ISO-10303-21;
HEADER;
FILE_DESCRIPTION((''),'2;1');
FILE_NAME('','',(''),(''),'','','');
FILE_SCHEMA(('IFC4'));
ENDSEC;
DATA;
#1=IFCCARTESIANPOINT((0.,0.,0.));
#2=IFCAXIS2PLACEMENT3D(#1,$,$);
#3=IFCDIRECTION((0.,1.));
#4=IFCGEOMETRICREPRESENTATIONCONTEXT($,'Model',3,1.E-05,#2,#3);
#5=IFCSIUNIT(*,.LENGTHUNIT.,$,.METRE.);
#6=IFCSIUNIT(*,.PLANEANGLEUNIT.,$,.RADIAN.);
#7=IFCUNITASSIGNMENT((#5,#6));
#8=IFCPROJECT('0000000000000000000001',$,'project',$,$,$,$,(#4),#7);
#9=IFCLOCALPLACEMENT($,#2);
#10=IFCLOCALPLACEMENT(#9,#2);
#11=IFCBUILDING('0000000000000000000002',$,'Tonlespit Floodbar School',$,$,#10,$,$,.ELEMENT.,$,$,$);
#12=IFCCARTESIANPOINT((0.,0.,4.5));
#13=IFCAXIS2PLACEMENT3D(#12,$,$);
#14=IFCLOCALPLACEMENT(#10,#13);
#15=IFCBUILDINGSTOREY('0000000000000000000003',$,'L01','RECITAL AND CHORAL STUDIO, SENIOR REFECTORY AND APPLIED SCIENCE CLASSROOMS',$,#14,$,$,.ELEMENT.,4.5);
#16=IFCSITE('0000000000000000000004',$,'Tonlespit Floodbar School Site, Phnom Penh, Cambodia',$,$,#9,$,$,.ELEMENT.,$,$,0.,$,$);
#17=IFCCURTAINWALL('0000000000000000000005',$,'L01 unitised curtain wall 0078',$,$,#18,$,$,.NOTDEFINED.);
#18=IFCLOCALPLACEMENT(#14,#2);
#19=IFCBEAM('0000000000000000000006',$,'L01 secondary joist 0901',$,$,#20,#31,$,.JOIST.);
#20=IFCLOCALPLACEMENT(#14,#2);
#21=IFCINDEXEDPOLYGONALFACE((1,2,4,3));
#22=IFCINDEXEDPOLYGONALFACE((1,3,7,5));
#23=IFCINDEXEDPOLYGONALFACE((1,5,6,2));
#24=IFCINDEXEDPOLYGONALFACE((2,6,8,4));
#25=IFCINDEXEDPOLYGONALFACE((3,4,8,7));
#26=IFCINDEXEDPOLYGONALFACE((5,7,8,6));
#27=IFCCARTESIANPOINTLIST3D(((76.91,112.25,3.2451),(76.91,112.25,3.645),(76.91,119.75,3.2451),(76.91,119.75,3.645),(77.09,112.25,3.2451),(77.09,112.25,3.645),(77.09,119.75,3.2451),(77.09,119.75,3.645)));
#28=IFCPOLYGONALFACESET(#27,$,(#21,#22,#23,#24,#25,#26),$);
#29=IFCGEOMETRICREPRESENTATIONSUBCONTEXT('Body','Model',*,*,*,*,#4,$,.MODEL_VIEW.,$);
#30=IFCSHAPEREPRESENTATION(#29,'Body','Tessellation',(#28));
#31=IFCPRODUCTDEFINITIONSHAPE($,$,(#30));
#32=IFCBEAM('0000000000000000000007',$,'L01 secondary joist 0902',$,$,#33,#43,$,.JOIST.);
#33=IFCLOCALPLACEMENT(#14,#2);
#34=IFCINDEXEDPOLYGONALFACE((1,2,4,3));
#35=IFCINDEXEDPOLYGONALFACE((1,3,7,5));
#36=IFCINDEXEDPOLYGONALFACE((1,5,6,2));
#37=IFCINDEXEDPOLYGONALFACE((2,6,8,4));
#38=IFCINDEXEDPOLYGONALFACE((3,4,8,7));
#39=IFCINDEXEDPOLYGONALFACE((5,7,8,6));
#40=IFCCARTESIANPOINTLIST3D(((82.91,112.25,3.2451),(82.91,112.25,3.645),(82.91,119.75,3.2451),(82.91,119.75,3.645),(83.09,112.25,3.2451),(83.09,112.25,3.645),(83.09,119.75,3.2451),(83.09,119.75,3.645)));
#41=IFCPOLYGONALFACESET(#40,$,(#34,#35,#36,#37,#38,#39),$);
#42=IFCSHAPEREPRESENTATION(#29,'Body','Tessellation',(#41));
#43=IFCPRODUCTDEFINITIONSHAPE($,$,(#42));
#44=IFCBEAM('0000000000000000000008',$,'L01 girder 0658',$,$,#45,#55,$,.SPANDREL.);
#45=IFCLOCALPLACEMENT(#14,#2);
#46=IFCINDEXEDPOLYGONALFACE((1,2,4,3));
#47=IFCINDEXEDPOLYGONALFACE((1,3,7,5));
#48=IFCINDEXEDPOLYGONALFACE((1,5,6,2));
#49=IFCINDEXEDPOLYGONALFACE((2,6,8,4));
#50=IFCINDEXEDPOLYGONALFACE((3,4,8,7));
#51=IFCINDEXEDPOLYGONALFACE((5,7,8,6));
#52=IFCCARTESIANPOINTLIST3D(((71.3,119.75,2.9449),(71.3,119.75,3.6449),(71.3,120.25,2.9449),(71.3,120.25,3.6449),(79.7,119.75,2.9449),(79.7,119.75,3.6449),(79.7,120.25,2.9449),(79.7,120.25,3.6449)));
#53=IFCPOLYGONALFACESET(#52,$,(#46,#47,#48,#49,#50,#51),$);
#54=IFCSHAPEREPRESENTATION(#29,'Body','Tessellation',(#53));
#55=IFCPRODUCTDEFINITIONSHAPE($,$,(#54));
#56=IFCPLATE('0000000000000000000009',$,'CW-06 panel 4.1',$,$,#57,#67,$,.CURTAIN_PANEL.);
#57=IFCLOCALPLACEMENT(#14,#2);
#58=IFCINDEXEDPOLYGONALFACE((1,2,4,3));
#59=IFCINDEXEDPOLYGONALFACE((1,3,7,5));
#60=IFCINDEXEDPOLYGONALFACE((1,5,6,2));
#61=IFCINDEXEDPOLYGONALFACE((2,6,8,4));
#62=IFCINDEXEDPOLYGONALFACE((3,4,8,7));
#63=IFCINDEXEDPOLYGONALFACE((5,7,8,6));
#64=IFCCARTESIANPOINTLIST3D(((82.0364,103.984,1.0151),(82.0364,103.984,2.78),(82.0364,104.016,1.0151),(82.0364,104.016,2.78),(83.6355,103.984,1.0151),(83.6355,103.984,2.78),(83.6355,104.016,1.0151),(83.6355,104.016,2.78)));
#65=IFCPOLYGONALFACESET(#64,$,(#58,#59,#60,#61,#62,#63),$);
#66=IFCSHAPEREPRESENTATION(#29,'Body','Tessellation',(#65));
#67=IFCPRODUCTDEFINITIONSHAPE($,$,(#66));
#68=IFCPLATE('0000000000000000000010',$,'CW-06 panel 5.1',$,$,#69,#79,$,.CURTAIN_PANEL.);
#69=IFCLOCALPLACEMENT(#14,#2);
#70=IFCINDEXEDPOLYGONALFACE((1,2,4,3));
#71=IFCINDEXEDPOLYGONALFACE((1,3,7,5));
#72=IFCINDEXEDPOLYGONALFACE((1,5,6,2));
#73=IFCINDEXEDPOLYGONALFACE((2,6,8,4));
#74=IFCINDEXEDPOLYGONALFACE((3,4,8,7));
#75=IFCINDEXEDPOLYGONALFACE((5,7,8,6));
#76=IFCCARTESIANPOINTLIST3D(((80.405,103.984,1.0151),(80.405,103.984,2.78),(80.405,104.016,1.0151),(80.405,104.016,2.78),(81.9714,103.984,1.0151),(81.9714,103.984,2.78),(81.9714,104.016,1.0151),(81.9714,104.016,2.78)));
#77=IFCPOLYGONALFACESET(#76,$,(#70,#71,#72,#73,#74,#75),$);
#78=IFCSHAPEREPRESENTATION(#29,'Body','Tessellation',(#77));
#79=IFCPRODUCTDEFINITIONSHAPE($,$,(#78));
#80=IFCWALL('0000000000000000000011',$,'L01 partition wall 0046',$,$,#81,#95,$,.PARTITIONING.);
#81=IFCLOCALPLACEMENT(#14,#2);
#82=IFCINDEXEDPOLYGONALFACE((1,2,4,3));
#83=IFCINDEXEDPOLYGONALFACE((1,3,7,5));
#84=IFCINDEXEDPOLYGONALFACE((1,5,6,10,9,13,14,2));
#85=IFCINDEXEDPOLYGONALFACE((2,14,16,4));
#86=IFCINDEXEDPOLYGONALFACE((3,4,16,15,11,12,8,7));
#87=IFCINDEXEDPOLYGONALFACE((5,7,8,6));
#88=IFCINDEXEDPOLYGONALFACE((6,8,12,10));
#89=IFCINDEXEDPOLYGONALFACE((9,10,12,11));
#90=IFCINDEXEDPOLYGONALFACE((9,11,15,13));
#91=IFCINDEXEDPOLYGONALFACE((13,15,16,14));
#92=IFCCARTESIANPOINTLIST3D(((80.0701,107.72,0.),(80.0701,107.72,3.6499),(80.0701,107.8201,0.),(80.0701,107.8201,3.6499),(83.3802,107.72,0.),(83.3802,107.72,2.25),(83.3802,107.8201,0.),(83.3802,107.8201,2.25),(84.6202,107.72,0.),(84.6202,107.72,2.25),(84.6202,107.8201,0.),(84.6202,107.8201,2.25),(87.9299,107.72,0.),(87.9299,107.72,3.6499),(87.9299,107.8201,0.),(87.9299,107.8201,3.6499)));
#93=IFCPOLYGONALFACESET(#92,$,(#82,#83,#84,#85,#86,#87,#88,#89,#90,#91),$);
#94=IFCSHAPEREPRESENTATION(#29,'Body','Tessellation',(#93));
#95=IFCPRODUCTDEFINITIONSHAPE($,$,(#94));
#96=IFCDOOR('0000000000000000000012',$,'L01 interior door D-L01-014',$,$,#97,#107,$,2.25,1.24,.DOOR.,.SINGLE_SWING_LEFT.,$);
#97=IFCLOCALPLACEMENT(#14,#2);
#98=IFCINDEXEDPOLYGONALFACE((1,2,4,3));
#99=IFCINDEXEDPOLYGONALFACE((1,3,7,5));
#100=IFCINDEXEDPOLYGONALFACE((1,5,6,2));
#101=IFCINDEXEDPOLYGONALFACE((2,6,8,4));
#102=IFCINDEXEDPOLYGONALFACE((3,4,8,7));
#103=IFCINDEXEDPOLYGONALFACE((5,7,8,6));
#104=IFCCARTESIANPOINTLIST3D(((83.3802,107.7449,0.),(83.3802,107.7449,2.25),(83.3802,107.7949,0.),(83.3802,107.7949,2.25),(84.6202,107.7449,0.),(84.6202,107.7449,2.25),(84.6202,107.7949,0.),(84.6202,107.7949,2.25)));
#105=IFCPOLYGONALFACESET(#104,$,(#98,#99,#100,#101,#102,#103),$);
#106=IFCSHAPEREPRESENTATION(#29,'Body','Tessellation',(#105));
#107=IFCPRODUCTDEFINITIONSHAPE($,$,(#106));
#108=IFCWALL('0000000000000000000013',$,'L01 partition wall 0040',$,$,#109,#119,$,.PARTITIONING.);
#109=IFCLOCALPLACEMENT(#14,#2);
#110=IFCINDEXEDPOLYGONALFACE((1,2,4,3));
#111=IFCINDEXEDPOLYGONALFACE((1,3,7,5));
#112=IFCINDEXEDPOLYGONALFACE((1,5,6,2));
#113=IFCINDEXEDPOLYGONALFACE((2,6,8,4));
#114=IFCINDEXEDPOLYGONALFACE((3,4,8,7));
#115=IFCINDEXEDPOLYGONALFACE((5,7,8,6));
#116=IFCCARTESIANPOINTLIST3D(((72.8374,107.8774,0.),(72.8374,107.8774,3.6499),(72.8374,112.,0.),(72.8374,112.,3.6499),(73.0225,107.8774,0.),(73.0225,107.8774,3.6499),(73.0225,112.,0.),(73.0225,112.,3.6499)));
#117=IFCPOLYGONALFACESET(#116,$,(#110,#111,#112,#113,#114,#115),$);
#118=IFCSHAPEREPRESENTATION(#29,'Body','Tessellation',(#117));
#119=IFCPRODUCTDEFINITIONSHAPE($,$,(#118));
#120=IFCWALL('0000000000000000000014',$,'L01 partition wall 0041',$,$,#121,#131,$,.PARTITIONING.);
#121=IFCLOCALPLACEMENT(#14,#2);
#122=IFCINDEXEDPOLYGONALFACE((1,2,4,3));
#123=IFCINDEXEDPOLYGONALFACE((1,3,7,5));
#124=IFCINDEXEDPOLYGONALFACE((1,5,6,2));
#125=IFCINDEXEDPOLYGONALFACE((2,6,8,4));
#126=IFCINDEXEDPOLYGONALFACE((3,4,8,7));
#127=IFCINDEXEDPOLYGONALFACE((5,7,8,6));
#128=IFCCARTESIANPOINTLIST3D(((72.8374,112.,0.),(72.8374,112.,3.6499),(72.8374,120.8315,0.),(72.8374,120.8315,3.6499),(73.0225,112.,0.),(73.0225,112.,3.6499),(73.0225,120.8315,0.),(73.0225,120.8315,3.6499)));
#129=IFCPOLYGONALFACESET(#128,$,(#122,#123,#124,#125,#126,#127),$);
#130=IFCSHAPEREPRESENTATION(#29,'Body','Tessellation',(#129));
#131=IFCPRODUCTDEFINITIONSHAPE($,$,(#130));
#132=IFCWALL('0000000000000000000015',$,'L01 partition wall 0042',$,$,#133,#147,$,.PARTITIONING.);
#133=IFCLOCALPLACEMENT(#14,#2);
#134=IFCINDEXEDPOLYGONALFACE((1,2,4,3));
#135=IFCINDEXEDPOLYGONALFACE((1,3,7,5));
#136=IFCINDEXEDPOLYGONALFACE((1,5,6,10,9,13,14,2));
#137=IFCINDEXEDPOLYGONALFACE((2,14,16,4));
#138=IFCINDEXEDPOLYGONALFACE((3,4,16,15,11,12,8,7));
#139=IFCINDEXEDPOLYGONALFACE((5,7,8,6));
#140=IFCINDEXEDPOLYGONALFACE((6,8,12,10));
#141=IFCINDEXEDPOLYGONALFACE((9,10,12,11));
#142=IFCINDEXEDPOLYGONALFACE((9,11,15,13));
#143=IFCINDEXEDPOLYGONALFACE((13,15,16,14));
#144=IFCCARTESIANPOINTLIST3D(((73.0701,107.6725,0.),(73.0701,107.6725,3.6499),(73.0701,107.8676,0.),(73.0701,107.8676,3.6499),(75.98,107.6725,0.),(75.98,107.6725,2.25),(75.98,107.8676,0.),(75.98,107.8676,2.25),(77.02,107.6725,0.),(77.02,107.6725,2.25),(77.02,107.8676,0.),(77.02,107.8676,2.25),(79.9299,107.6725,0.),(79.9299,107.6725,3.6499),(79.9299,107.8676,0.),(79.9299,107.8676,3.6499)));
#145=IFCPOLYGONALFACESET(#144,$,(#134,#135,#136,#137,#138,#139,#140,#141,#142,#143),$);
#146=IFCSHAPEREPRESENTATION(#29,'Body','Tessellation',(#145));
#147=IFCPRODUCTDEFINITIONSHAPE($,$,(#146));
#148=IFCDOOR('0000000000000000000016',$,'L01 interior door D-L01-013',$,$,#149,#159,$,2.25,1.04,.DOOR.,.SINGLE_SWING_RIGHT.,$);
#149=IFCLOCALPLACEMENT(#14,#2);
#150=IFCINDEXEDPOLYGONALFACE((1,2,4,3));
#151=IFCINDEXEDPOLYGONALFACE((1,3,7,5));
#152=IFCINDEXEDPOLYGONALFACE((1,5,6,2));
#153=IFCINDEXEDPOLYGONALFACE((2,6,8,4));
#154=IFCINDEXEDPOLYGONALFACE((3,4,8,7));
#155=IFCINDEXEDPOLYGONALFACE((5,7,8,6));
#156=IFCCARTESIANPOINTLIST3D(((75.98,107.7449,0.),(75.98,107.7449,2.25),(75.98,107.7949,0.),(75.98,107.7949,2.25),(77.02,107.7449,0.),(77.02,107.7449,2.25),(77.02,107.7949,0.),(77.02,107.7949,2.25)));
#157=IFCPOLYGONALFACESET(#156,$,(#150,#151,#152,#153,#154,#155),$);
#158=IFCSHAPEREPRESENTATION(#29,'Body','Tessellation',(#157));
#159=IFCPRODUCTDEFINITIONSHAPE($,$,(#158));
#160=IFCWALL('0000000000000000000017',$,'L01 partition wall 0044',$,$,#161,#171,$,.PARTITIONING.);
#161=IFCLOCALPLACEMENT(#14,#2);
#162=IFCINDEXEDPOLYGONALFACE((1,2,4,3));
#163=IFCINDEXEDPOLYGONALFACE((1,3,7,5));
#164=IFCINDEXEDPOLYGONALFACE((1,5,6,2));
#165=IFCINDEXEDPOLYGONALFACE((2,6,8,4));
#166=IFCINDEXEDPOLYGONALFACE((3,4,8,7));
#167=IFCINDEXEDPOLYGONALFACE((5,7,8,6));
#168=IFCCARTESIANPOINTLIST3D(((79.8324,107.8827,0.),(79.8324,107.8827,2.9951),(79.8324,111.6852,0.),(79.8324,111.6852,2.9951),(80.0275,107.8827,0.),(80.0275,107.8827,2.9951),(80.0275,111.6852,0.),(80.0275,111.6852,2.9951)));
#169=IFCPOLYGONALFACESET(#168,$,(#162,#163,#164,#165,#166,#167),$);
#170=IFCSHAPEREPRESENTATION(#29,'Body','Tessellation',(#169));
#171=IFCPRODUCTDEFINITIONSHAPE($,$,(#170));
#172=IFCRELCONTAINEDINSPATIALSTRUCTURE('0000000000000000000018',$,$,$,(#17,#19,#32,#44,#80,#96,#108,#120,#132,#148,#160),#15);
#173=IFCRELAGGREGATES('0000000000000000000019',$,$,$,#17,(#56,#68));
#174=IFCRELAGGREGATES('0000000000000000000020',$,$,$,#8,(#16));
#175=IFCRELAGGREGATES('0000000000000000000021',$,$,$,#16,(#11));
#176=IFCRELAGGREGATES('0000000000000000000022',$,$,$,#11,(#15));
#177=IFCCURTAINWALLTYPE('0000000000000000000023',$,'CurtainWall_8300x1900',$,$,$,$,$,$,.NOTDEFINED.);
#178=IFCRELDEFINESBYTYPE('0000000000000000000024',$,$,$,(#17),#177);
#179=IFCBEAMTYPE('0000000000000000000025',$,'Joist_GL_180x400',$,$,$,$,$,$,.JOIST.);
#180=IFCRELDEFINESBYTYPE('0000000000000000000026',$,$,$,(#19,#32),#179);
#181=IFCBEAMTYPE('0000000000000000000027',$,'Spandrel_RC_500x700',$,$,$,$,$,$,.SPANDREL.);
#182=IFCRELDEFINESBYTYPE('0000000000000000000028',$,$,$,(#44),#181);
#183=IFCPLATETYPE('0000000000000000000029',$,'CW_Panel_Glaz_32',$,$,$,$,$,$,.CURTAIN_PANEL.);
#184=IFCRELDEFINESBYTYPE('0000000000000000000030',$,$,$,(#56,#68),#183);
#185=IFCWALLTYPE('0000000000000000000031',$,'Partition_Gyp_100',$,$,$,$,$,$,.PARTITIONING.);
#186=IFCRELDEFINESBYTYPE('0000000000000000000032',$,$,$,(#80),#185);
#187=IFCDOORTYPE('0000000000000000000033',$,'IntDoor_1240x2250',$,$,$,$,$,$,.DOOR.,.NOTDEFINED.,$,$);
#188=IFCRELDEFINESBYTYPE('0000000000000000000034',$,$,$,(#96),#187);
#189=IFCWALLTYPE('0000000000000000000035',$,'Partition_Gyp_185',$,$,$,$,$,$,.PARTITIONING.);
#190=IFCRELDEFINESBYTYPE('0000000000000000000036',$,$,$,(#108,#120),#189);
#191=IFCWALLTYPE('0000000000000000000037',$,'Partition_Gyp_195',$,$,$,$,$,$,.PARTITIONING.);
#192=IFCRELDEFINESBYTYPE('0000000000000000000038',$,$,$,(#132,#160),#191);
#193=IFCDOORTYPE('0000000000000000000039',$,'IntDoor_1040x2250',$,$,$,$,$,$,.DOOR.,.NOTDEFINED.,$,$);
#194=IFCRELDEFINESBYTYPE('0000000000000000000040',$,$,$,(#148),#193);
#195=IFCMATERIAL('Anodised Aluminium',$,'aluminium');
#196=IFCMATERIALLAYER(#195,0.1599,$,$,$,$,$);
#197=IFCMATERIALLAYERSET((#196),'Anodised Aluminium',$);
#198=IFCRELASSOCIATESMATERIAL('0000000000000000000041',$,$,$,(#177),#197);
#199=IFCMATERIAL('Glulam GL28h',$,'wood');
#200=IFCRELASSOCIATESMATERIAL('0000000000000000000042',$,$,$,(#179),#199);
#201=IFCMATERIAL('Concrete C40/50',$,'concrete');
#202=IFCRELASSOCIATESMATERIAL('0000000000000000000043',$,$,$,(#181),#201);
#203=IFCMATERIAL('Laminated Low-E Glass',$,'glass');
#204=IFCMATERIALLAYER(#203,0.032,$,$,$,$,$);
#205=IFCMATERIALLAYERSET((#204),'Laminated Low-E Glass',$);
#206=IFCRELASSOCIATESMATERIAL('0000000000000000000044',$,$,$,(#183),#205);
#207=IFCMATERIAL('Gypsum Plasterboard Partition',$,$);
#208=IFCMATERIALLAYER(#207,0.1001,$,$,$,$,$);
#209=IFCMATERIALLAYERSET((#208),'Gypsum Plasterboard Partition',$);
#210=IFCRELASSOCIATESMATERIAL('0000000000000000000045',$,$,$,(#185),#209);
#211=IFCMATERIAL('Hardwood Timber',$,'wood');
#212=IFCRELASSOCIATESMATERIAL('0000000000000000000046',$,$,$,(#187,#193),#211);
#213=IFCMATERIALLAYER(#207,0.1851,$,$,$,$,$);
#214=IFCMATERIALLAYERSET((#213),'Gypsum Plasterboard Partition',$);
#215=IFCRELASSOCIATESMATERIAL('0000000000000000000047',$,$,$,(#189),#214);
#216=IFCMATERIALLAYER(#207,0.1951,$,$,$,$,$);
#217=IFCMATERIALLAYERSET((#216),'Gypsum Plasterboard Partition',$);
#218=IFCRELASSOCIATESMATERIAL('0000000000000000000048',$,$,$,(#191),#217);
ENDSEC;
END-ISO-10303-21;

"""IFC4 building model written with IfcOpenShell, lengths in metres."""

from ifc_helpers import new_model, si_unit, direction, frame, frame_2d, origin, origin_2d, place, context, subcontext, project, spatial, rectangle, extrude, material, layer, layer_set, material_profile, profile_set, type_object, element, fill, aggregate, save


model = new_model("IFC4")

# Units and contexts
model_context = context("Model", 3, precision=1e-05, world=origin(), true_north=direction((0.0, 1.0)))
body_context = subcontext(model_context, "Body", "Model", "MODEL_VIEW")
ifc_project = project(units=[si_unit("LENGTHUNIT", "METRE"), si_unit("PLANEANGLEUNIT", "RADIAN")], contexts=[model_context])

# Site, building, storey
site_placement = place(None, origin())
site = spatial("IfcSite", under=ifc_project, at=site_placement, Name="Tonlespit Floodbar School Site, Phnom Penh, Cambodia", CompositionType="ELEMENT", RefElevation=0.0)
building_placement = place(site_placement, origin())
building = spatial("IfcBuilding", under=site, at=building_placement, Name="Tonlespit Floodbar School", CompositionType="ELEMENT")
storey_placement = place(building_placement, frame((0.0, 0.0, 4.5)))
storey = spatial("IfcBuildingStorey", under=building, at=storey_placement, Name="L01", Description="RECITAL AND CHORAL STUDIO, SENIOR REFECTORY AND APPLIED SCIENCE CLASSROOMS", CompositionType="ELEMENT", Elevation=4.5)

# Shared definitions
ifc_material_1 = material(Name="Concrete C40/50", Category="concrete")

# Curtain wall
ifc_material_2 = material(Name="Anodised Aluminium", Category="aluminium")
ifc_layer_1 = layer(ifc_material_2, 0.1599)
ifc_layer_set_1 = layer_set([ifc_layer_1], Name="Anodised Aluminium")
curtain_wall_type = type_object("IfcCurtainWallType", Name="CurtainWall_8300x1900", PredefinedType="NOTDEFINED", material=ifc_layer_set_1)
curtain_wall_placement = place(storey_placement, origin())
curtain_wall = element("IfcCurtainWall", 1, at=curtain_wall_placement, inside=storey, type_object=curtain_wall_type, Name="L01 unitised curtain wall 0078", PredefinedType="NOTDEFINED")

# Beams
ifc_material_3 = material(Name="Glulam GL28h", Category="wood")
ifc_material_profile_1 = material_profile(ifc_material_3, rectangle(XDim=0.1799, YDim=0.3999, at=origin_2d()), Name="GL 180x400")
ifc_profile_set_1 = profile_set([ifc_material_profile_1], Name="Glulam GL28h")
beam_type_1 = type_object("IfcBeamType", Name="Joist_GL_180x400", PredefinedType="JOIST", material=ifc_profile_set_1)
for number, where, z_axis, x_axis, name in (
    (2, (77.0, 112.25, 3.4451), (0.0, 1.0, 0.0), (-1.0, 0.0, 0.0), "L01 secondary joist 0901"),
    (3, (83.0, 112.25, 3.4451), (0.0, 1.0, 0.0), (-1.0, 0.0, 0.0), "L01 secondary joist 0902"),
):
    element("IfcBeam", number, at=place(storey_placement, frame(where, z_axis=z_axis, x_axis=x_axis)), inside=storey, type_object=beam_type_1, Name=name, PredefinedType="JOIST", context=body_context, shape_type="SweptSolid", body=[
        extrude(rectangle(XDim=0.1799, YDim=0.3999, at=origin_2d()), origin(), (0.0, 0.0, 1.0), 7.5),
    ])
ifc_material_profile_2 = material_profile(ifc_material_1, rectangle(XDim=0.5, YDim=0.7, at=origin_2d()), Name="RC 500x700")
ifc_profile_set_2 = profile_set([ifc_material_profile_2], Name="Concrete C40/50")
beam_type_2 = type_object("IfcBeamType", Name="Spandrel_RC_500x700", PredefinedType="SPANDREL", material=ifc_profile_set_2)
beam_placement = place(storey_placement, frame((71.3, 120.0, 3.2949), z_axis=(1.0, 0.0, 0.0), x_axis=(0.0, 1.0, 0.0)))
element("IfcBeam", 4, at=beam_placement, inside=storey, type_object=beam_type_2, Name="L01 girder 0658", PredefinedType="SPANDREL", context=body_context, shape_type="SweptSolid", body=[
    extrude(rectangle(XDim=0.5, YDim=0.7, at=origin_2d()), origin(), (0.0, 0.0, 1.0), 8.3999),
])

# Plates
ifc_material_4 = material(Name="Laminated Low-E Glass", Category="glass")
ifc_layer_2 = layer(ifc_material_4, 0.032)
ifc_layer_set_2 = layer_set([ifc_layer_2], Name="Laminated Low-E Glass")
plate_type = type_object("IfcPlateType", Name="CW_Panel_Glaz_32", PredefinedType="CURTAIN_PANEL", material=ifc_layer_set_2)
plate_1_placement = place(storey_placement, frame((82.8359, 104.0, 1.0151), z_axis=(0.0, 0.0, 1.0), x_axis=(-1.0, 0.0, 0.0)))
plate_1 = element("IfcPlate", 5, at=plate_1_placement, type_object=plate_type, Name="CW-06 panel 4.1", PredefinedType="CURTAIN_PANEL", context=body_context, shape_type="SweptSolid", body=[
    extrude(rectangle(XDim=1.5991, YDim=0.032, at=origin_2d()), origin(), (0.0, 0.0, 1.0), 1.7649),
])
plate_2_placement = place(storey_placement, frame((81.1882, 104.0, 1.0151), z_axis=(0.0, 0.0, 1.0), x_axis=(-1.0, 0.0, 0.0)))
plate_2 = element("IfcPlate", 6, at=plate_2_placement, type_object=plate_type, Name="CW-06 panel 5.1", PredefinedType="CURTAIN_PANEL", context=body_context, shape_type="SweptSolid", body=[
    extrude(rectangle(XDim=1.5664, YDim=0.032, at=origin_2d()), origin(), (0.0, 0.0, 1.0), 1.7649),
])
aggregate(curtain_wall, [plate_1, plate_2])

# Wall, opening, door
ifc_material_5 = material(Name="Gypsum Plasterboard Partition")
ifc_layer_3 = layer(ifc_material_5, 0.1001)
ifc_layer_set_3 = layer_set([ifc_layer_3], Name="Gypsum Plasterboard Partition")
wall_type_1 = type_object("IfcWallType", Name="Partition_Gyp_100", PredefinedType="PARTITIONING", material=ifc_layer_set_3)
wall_1_placement = place(storey_placement, frame((80.0701, 107.77, 0.0), z_axis=(0.0, 0.0, 1.0), x_axis=(1.0, 0.0, 0.0)))
wall_1 = element("IfcWall", 7, at=wall_1_placement, inside=storey, type_object=wall_type_1, Name="L01 partition wall 0046", PredefinedType="PARTITIONING", context=body_context, shape_type="SweptSolid", body=[
    extrude(rectangle(XDim=7.8599, YDim=0.1001, at=frame_2d((3.9299, 0.0))), origin(), (0.0, 0.0, 1.0), 3.6499),
])
opening_1_placement = place(wall_1_placement, frame((3.3101, 0.0, 0.0)))
opening_1 = element("IfcOpeningElement", 8, at=opening_1_placement, cuts=wall_1, PredefinedType="OPENING", context=body_context, shape_type="SweptSolid", body=[
    extrude(rectangle(XDim=1.24, YDim=2.25, at=frame_2d((0.6201, 1.125))), frame((0.0, 0.0601, 0.0), z_axis=(0.0, -1.0, 0.0), x_axis=(1.0, 0.0, 0.0)), (0.0, 0.0, 1.0), 0.1201),
])
ifc_material_6 = material(Name="Hardwood Timber", Category="wood")
door_type_1 = type_object("IfcDoorType", Name="IntDoor_1240x2250", OperationType="NOTDEFINED", PredefinedType="DOOR", material=ifc_material_6)
door_1_placement = place(opening_1_placement, origin())
door_1 = element("IfcDoor", 9, at=door_1_placement, inside=storey, type_object=door_type_1, Name="L01 interior door D-L01-014", OperationType="SINGLE_SWING_LEFT", OverallHeight=2.25, OverallWidth=1.24, PredefinedType="DOOR", context=body_context, shape_type="SweptSolid", body=[
    extrude(rectangle(XDim=1.24, YDim=2.25, at=frame_2d((0.6201, 1.125))), frame((0.0, 0.0249, 0.0), z_axis=(0.0, -1.0, 0.0), x_axis=(1.0, 0.0, 0.0)), (0.0, 0.0, 1.0), 0.05),
])
fill(opening_1, door_1)

# Walls
ifc_layer_4 = layer(ifc_material_5, 0.1851)
ifc_layer_set_4 = layer_set([ifc_layer_4], Name="Gypsum Plasterboard Partition")
wall_type_2 = type_object("IfcWallType", Name="Partition_Gyp_185", PredefinedType="PARTITIONING", material=ifc_layer_set_4)
wall_2_placement = place(storey_placement, frame((72.9299, 107.8774, 0.0), z_axis=(0.0, 0.0, 1.0), x_axis=(0.0, 1.0, 0.0)))
element("IfcWall", 10, at=wall_2_placement, inside=storey, type_object=wall_type_2, Name="L01 partition wall 0040", PredefinedType="PARTITIONING", context=body_context, shape_type="SweptSolid", body=[
    extrude(rectangle(XDim=4.1226, YDim=0.1851, at=frame_2d((2.0613, 0.0))), origin(), (0.0, 0.0, 1.0), 3.6499),
])
wall_3_placement = place(storey_placement, frame((72.9299, 112.0, 0.0), z_axis=(0.0, 0.0, 1.0), x_axis=(0.0, 1.0, 0.0)))
element("IfcWall", 11, at=wall_3_placement, inside=storey, type_object=wall_type_2, Name="L01 partition wall 0041", PredefinedType="PARTITIONING", context=body_context, shape_type="SweptSolid", body=[
    extrude(rectangle(XDim=8.8315, YDim=0.1851, at=frame_2d((4.4158, 0.0))), origin(), (0.0, 0.0, 1.0), 3.6499),
])

# Wall, opening, door
ifc_layer_5 = layer(ifc_material_5, 0.1951)
ifc_layer_set_5 = layer_set([ifc_layer_5], Name="Gypsum Plasterboard Partition")
wall_type_3 = type_object("IfcWallType", Name="Partition_Gyp_195", PredefinedType="PARTITIONING", material=ifc_layer_set_5)
wall_4_placement = place(storey_placement, frame((73.0701, 107.77, 0.0), z_axis=(0.0, 0.0, 1.0), x_axis=(1.0, 0.0, 0.0)))
wall_4 = element("IfcWall", 12, at=wall_4_placement, inside=storey, type_object=wall_type_3, Name="L01 partition wall 0042", PredefinedType="PARTITIONING", context=body_context, shape_type="SweptSolid", body=[
    extrude(rectangle(XDim=6.8599, YDim=0.1951, at=frame_2d((3.4299, 0.0))), origin(), (0.0, 0.0, 1.0), 3.6499),
])
opening_2_placement = place(wall_4_placement, frame((2.9099, 0.0, 0.0)))
opening_2 = element("IfcOpeningElement", 13, at=opening_2_placement, cuts=wall_4, PredefinedType="OPENING", context=body_context, shape_type="SweptSolid", body=[
    extrude(rectangle(XDim=1.04, YDim=2.25, at=frame_2d((0.52, 1.125))), frame((0.0, 0.1074, 0.0), z_axis=(0.0, -1.0, 0.0), x_axis=(1.0, 0.0, 0.0)), (0.0, 0.0, 1.0), 0.2151),
])
door_type_2 = type_object("IfcDoorType", Name="IntDoor_1040x2250", OperationType="NOTDEFINED", PredefinedType="DOOR", material=ifc_material_6)
door_2_placement = place(opening_2_placement, origin())
door_2 = element("IfcDoor", 14, at=door_2_placement, inside=storey, type_object=door_type_2, Name="L01 interior door D-L01-013", OperationType="SINGLE_SWING_RIGHT", OverallHeight=2.25, OverallWidth=1.04, PredefinedType="DOOR", context=body_context, shape_type="SweptSolid", body=[
    extrude(rectangle(XDim=1.04, YDim=2.25, at=frame_2d((0.52, 1.125))), frame((0.0, 0.0249, 0.0), z_axis=(0.0, -1.0, 0.0), x_axis=(1.0, 0.0, 0.0)), (0.0, 0.0, 1.0), 0.05),
])
fill(opening_2, door_2)

# Wall
wall_5_placement = place(storey_placement, frame((79.9299, 107.8826, 0.0), z_axis=(0.0, 0.0, 1.0), x_axis=(0.0, 1.0, 0.0)))
element("IfcWall", 15, at=wall_5_placement, inside=storey, type_object=wall_type_3, Name="L01 partition wall 0044", PredefinedType="PARTITIONING", context=body_context, shape_type="SweptSolid", body=[
    extrude(rectangle(XDim=3.8025, YDim=0.1951, at=frame_2d((1.9014, 0.0))), origin(), (0.0, 0.0, 1.0), 2.9951),
])

save(model, "model.ifc")
